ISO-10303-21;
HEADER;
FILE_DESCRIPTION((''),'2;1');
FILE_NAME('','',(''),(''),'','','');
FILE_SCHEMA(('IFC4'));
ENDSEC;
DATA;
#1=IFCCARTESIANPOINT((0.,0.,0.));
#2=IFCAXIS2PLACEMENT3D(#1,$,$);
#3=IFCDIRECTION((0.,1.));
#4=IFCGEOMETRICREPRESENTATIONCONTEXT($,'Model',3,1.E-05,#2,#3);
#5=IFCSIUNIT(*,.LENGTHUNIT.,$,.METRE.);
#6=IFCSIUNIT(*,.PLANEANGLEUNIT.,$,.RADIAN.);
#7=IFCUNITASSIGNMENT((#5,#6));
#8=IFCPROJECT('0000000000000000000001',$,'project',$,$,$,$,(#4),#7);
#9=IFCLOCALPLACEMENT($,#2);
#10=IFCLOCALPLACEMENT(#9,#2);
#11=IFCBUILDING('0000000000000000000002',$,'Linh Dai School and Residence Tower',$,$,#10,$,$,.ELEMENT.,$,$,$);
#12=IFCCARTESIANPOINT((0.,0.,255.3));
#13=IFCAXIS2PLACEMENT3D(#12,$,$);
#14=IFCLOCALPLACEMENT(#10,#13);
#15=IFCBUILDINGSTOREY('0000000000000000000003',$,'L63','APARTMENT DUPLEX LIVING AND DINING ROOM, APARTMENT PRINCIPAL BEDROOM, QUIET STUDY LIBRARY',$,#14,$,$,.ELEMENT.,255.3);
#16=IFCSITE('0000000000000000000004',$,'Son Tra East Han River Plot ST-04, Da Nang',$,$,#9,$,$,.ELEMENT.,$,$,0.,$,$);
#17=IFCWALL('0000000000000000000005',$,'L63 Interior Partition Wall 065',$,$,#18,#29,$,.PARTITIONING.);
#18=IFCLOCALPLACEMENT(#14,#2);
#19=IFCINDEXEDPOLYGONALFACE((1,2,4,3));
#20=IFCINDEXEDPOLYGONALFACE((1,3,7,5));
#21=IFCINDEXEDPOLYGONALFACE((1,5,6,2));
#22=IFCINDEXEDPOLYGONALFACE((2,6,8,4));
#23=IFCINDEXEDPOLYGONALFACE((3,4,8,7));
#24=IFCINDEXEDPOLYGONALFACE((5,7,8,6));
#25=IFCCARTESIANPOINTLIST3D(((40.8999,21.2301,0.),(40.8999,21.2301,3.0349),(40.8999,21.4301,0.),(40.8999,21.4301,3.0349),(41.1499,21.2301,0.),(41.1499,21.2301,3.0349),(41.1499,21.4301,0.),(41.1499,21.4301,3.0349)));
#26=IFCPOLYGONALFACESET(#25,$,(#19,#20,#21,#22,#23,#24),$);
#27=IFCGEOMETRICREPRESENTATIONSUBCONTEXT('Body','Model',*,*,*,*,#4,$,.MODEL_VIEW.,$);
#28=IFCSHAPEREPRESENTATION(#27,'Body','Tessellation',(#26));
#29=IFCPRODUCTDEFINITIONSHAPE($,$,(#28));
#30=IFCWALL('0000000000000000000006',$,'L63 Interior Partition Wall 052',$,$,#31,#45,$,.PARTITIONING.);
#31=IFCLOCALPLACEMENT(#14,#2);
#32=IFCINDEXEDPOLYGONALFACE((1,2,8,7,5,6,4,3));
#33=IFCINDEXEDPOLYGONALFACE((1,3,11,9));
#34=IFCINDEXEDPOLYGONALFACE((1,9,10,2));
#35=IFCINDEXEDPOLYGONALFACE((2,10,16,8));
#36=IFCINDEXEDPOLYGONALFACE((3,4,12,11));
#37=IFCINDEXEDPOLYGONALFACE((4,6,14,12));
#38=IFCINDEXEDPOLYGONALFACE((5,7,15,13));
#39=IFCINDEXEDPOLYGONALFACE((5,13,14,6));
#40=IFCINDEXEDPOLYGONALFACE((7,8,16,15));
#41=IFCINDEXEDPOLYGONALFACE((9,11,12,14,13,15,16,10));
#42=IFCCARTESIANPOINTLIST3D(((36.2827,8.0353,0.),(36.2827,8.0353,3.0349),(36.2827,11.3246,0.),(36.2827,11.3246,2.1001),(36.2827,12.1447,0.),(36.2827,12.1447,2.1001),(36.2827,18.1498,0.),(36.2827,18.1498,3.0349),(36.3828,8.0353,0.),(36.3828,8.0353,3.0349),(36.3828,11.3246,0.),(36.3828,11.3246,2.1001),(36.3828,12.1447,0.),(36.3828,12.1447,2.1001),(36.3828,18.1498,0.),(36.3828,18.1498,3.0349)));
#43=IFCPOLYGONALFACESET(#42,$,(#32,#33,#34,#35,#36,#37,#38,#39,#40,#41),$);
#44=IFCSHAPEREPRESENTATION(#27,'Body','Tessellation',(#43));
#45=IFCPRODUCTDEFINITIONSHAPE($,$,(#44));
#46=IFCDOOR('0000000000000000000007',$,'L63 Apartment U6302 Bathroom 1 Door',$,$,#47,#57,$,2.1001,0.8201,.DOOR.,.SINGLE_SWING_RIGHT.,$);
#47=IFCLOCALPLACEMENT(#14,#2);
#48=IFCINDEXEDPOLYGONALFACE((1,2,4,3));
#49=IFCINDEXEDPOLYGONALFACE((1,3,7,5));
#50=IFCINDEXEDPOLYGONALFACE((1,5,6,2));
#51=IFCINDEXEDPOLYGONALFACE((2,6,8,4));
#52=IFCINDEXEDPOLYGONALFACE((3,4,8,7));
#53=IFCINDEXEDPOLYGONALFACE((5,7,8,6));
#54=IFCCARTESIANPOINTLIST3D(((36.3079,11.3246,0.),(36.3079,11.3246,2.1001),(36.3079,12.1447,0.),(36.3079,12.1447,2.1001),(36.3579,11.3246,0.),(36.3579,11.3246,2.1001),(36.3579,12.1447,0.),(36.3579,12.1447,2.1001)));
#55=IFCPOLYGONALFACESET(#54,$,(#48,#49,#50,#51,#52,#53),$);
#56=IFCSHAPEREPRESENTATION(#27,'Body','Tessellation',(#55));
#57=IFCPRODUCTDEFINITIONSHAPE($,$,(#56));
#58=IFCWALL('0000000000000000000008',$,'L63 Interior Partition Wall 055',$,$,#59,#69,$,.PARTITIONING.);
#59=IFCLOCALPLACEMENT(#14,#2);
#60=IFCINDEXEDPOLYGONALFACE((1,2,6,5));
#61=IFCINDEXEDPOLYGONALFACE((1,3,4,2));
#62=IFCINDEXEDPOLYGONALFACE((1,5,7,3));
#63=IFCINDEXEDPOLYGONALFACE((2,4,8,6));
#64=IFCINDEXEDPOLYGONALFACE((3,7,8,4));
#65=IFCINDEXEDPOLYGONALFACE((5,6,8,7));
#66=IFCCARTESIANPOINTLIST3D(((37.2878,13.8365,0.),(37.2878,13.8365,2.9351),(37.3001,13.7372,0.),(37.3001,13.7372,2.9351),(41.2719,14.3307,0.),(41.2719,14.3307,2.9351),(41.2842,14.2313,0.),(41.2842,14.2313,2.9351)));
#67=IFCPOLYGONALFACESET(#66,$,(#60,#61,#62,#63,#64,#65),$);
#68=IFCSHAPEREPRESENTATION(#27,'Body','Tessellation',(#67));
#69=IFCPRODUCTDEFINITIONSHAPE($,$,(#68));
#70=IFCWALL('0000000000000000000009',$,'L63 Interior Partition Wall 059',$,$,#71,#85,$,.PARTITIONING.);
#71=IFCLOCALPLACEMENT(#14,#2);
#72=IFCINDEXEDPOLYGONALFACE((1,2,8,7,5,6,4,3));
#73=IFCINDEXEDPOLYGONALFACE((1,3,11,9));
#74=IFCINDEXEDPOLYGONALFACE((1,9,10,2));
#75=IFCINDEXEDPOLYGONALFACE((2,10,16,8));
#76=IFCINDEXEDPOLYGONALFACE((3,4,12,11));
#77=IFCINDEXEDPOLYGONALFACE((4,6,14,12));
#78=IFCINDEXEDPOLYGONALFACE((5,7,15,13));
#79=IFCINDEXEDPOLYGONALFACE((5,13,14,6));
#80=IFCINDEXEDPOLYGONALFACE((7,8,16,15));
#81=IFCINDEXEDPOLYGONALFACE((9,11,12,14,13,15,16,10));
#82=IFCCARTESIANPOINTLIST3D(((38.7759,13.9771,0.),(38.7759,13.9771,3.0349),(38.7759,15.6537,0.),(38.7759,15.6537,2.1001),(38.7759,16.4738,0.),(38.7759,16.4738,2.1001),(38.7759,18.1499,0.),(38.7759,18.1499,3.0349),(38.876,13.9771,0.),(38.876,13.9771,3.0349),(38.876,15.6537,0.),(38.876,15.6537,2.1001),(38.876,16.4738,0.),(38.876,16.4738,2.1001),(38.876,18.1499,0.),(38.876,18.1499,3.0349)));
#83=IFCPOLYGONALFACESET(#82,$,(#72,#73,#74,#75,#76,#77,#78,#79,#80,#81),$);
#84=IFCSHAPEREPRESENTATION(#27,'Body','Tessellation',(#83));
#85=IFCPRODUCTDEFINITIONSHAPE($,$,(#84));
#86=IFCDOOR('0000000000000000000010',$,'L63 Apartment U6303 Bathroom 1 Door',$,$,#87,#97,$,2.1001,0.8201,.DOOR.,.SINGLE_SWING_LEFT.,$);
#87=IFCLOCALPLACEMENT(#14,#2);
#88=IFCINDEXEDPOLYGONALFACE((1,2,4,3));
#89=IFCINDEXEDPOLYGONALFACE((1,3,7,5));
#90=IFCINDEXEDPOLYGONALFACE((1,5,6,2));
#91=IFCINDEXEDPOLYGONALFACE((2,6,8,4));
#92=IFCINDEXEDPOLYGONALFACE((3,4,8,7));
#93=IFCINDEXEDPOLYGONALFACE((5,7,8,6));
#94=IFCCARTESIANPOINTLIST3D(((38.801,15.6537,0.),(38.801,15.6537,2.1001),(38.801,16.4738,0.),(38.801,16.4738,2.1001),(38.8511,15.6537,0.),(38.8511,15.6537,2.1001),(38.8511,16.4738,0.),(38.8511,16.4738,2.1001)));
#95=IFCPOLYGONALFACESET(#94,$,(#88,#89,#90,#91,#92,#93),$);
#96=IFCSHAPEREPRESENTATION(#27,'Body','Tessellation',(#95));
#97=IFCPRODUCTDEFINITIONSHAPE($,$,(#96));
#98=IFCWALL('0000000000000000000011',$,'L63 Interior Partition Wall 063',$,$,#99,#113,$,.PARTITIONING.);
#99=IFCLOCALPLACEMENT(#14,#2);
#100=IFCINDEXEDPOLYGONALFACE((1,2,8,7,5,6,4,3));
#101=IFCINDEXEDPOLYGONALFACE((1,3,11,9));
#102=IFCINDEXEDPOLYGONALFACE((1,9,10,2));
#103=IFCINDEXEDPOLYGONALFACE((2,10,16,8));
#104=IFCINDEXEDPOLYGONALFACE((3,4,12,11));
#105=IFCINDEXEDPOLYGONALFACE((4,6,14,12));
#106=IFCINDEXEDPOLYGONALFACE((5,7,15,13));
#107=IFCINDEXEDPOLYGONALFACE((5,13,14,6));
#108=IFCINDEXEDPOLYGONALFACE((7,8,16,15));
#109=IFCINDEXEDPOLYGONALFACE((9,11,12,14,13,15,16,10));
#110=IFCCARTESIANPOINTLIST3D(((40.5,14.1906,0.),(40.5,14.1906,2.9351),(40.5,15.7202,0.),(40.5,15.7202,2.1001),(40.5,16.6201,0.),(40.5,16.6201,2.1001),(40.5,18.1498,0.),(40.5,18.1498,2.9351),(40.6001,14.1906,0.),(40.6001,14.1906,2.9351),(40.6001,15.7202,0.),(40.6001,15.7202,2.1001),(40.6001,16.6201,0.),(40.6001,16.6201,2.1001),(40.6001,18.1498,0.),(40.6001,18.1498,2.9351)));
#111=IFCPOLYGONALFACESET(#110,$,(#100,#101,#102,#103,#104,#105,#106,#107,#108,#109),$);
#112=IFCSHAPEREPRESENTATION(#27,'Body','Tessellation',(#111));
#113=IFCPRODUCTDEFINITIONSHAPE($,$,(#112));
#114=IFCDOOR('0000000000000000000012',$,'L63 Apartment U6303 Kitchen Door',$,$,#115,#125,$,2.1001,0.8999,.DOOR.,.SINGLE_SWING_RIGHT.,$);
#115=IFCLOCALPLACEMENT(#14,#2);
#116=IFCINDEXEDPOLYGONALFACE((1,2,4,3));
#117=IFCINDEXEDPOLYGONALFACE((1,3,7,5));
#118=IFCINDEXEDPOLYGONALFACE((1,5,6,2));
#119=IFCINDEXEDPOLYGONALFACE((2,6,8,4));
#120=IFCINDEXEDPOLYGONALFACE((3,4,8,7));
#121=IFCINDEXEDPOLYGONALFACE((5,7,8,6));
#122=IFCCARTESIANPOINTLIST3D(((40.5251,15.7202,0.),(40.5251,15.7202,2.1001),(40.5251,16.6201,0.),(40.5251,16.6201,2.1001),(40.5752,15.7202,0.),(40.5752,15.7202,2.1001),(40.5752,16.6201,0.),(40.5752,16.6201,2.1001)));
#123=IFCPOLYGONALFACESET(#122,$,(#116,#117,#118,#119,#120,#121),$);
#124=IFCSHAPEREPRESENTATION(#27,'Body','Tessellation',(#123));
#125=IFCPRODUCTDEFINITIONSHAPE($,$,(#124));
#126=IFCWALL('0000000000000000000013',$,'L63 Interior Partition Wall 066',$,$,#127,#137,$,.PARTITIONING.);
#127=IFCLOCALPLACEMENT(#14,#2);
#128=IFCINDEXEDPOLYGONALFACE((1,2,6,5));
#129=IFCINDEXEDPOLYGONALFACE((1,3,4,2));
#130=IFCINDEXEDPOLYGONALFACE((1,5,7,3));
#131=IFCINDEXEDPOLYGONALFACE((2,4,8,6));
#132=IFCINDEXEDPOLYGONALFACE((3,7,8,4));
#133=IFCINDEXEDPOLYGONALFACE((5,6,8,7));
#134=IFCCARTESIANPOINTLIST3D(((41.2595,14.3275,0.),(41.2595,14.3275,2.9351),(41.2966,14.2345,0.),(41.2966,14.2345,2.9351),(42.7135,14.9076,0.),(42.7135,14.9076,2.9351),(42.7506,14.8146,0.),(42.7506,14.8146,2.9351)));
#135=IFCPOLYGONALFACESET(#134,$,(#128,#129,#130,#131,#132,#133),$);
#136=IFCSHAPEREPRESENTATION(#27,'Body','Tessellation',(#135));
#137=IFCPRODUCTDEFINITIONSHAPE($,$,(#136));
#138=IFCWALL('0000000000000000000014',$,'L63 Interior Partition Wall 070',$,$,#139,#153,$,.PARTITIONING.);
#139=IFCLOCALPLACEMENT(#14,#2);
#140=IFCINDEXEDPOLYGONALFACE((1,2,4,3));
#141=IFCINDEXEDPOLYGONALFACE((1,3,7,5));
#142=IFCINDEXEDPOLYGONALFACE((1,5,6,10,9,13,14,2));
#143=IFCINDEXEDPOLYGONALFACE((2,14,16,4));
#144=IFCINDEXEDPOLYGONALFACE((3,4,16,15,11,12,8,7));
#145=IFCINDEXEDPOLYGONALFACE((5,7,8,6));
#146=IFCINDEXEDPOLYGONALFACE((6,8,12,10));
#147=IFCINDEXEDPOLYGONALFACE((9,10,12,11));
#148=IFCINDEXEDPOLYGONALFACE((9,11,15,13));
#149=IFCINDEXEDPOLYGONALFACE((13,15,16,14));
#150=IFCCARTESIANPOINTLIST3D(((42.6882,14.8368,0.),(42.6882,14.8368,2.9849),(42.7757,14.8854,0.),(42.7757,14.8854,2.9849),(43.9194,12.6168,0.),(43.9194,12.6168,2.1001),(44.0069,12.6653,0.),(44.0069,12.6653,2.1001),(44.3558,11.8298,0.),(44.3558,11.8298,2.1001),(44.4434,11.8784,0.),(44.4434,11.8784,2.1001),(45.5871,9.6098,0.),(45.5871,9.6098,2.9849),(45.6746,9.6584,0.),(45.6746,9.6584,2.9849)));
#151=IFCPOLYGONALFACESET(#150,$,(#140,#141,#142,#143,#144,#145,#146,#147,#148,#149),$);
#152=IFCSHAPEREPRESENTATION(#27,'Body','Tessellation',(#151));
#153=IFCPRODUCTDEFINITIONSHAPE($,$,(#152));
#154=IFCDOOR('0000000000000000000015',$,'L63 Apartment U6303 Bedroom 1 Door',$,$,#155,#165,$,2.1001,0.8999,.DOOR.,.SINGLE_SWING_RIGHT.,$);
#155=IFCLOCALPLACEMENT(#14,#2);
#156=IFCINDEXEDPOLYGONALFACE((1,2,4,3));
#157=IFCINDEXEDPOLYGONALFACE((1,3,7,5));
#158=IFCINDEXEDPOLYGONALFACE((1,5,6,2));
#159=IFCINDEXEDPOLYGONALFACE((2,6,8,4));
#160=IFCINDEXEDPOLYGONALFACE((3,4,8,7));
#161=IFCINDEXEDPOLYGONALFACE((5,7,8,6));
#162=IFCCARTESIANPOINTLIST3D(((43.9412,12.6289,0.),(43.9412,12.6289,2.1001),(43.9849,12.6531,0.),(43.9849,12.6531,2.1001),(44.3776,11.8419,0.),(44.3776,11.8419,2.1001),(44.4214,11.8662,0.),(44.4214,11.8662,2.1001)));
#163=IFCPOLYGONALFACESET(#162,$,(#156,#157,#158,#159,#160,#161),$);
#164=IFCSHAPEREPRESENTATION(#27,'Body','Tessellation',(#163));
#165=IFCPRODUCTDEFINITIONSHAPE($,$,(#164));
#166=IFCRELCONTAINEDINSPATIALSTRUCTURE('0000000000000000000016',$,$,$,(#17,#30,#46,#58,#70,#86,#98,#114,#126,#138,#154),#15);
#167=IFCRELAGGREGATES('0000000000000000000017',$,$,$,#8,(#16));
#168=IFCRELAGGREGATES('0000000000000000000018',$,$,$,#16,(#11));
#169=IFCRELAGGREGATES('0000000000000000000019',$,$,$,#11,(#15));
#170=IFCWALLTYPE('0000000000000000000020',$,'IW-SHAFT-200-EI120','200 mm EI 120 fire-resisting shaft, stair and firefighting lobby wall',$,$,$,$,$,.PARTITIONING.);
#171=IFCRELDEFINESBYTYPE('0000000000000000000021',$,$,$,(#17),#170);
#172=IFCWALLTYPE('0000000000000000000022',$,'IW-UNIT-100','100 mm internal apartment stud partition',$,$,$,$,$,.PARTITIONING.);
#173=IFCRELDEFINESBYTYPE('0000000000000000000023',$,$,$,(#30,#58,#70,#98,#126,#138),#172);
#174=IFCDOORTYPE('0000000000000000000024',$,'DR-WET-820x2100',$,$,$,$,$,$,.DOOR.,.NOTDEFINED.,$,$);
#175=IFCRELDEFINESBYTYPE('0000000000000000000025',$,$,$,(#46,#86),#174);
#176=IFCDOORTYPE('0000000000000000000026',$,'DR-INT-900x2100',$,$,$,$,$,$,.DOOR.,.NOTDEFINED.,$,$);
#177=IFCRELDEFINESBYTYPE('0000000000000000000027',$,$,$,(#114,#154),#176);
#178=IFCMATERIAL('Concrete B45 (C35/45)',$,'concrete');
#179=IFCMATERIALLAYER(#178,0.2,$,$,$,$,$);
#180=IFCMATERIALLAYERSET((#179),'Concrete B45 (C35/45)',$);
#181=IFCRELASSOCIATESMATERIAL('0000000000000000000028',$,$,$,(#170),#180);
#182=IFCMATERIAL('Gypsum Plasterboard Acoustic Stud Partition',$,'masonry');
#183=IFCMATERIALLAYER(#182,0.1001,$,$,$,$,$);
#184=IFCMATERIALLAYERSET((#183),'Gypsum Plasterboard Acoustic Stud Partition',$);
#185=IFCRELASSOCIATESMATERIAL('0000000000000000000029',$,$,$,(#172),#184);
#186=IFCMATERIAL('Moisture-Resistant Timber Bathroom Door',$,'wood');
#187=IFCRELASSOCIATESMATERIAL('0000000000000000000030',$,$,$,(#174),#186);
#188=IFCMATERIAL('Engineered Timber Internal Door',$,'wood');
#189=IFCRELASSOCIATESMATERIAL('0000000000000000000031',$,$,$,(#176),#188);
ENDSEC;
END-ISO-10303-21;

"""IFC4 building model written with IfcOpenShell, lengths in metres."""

from ifc_helpers import new_model, si_unit, direction, frame, frame_2d, origin, origin_2d, place, context, subcontext, project, spatial, rectangle, extrude, source, transform, mapped, material, layer, layer_set, type_object, element, fill, save


model = new_model("IFC4")

# Units and contexts
model_context = context("Model", 3, precision=1e-05, world=origin(), true_north=direction((0.0, 1.0)))
body_context = subcontext(model_context, "Body", "Model", "MODEL_VIEW")
ifc_project = project(units=[si_unit("LENGTHUNIT", "METRE"), si_unit("PLANEANGLEUNIT", "RADIAN")], contexts=[model_context])

# Site, building, storey
site_placement = place(None, origin())
site = spatial("IfcSite", under=ifc_project, at=site_placement, Name="Son Tra East Han River Plot ST-04, Da Nang", CompositionType="ELEMENT", RefElevation=0.0)
building_placement = place(site_placement, origin())
building = spatial("IfcBuilding", under=site, at=building_placement, Name="Linh Dai School and Residence Tower", CompositionType="ELEMENT")
storey_placement = place(building_placement, frame((0.0, 0.0, 255.3)))
storey = spatial("IfcBuildingStorey", under=building, at=storey_placement, Name="L63", Description="APARTMENT DUPLEX LIVING AND DINING ROOM, APARTMENT PRINCIPAL BEDROOM, QUIET STUDY LIBRARY", CompositionType="ELEMENT", Elevation=255.3)

# Wall
ifc_material_1 = material(Name="Concrete B45 (C35/45)", Category="concrete")
ifc_layer_1 = layer(ifc_material_1, 0.2)
ifc_layer_set_1 = layer_set([ifc_layer_1], Name="Concrete B45 (C35/45)")
wall_type_1 = type_object("IfcWallType", Name="IW-SHAFT-200-EI120", Description="200 mm EI 120 fire-resisting shaft, stair and firefighting lobby wall", PredefinedType="PARTITIONING", material=ifc_layer_set_1)
wall_1_placement = place(storey_placement, frame((40.8999, 21.3301, 0.0), z_axis=(0.0, 0.0, 1.0), x_axis=(1.0, 0.0, 0.0)))
element("IfcWall", 1, at=wall_1_placement, inside=storey, type_object=wall_type_1, Name="L63 Interior Partition Wall 065", PredefinedType="PARTITIONING", context=body_context, shape_type="SweptSolid", body=[
    extrude(rectangle(XDim=0.25, YDim=0.2, at=frame_2d((0.125, 0.0))), origin(), (0.0, 0.0, 1.0), 3.0349),
])

# Wall, opening, door
ifc_material_2 = material(Name="Gypsum Plasterboard Acoustic Stud Partition", Category="masonry")
ifc_layer_2 = layer(ifc_material_2, 0.1001)
ifc_layer_set_2 = layer_set([ifc_layer_2], Name="Gypsum Plasterboard Acoustic Stud Partition")
wall_type_2 = type_object("IfcWallType", Name="IW-UNIT-100", Description="100 mm internal apartment stud partition", PredefinedType="PARTITIONING", material=ifc_layer_set_2)
wall_2_placement = place(storey_placement, frame((36.3328, 8.0354, 0.0), z_axis=(0.0, 0.0, 1.0), x_axis=(0.0, 1.0, 0.0)))
wall_2 = element("IfcWall", 2, at=wall_2_placement, inside=storey, type_object=wall_type_2, Name="L63 Interior Partition Wall 052", PredefinedType="PARTITIONING", context=body_context, shape_type="SweptSolid", body=[
    extrude(rectangle(XDim=10.1145, YDim=0.1001, at=frame_2d((5.0571, 0.0))), origin(), (0.0, 0.0, 1.0), 3.0349),
])
opening_1_placement = place(wall_2_placement, frame((3.2891, 0.0, 0.0)))
opening_1 = element("IfcOpeningElement", 3, at=opening_1_placement, cuts=wall_2, PredefinedType="OPENING", context=body_context, shape_type="SweptSolid", body=[
    extrude(rectangle(XDim=0.8201, YDim=2.1001, at=origin_2d()), frame((0.4102, 0.0601, 1.05), z_axis=(0.0, -1.0, 0.0), x_axis=(1.0, 0.0, 0.0)), (0.0, 0.0, 1.0), 0.1201),
])
ifc_material_3 = material(Name="Moisture-Resistant Timber Bathroom Door", Category="wood")
door_type_1 = type_object("IfcDoorType", Name="DR-WET-820x2100", OperationType="NOTDEFINED", PredefinedType="DOOR", material=ifc_material_3)
shared_shape_1 = source(origin(), body_context, "Body", "SweptSolid", [
    extrude(rectangle(XDim=0.8201, YDim=2.1001, at=origin_2d()), frame((0.4102, 0.0249, 1.05), z_axis=(0.0, -1.0, 0.0), x_axis=(1.0, 0.0, 0.0)), (0.0, 0.0, 1.0), 0.05),
])
door_1_placement = place(opening_1_placement, origin())
door_1 = element("IfcDoor", 4, at=door_1_placement, inside=storey, type_object=door_type_1, Name="L63 Apartment U6302 Bathroom 1 Door", OperationType="SINGLE_SWING_RIGHT", OverallHeight=2.1001, OverallWidth=0.8201, PredefinedType="DOOR", context=body_context, shape_type="MappedRepresentation", body=[
    mapped(shared_shape_1, transform((0.0, 0.0, 0.0), x_axis=(1.0, 0.0, 0.0), y_axis=(0.0, 1.0, 0.0), z_axis=(0.0, 0.0, 1.0), scale=1.0)),
])
fill(opening_1, door_1)

# Wall
wall_3_placement = place(storey_placement, frame((37.2939, 13.7869, 0.0), z_axis=(0.0, 0.0, 1.0), x_axis=(0.992396, 0.123084, 0.0)))
element("IfcWall", 5, at=wall_3_placement, inside=storey, type_object=wall_type_2, Name="L63 Interior Partition Wall 055", PredefinedType="PARTITIONING", context=body_context, shape_type="SweptSolid", body=[
    extrude(rectangle(XDim=4.0146, YDim=0.1001, at=frame_2d((2.0073, 0.0))), origin(), (0.0, 0.0, 1.0), 2.9351),
])

# Walls, openings, doors
wall_4_placement = place(storey_placement, frame((38.8259, 13.9771, 0.0), z_axis=(0.0, 0.0, 1.0), x_axis=(0.0, 1.0, 0.0)))
wall_4 = element("IfcWall", 6, at=wall_4_placement, inside=storey, type_object=wall_type_2, Name="L63 Interior Partition Wall 059", PredefinedType="PARTITIONING", context=body_context, shape_type="SweptSolid", body=[
    extrude(rectangle(XDim=4.1729, YDim=0.1001, at=frame_2d((2.0864, 0.0))), origin(), (0.0, 0.0, 1.0), 3.0349),
])
opening_2_placement = place(wall_4_placement, frame((1.6765, 0.0, 0.0)))
opening_2 = element("IfcOpeningElement", 7, at=opening_2_placement, cuts=wall_4, PredefinedType="OPENING", context=body_context, shape_type="SweptSolid", body=[
    extrude(rectangle(XDim=0.8201, YDim=2.1001, at=origin_2d()), frame((0.4102, 0.0601, 1.05), z_axis=(0.0, -1.0, 0.0), x_axis=(1.0, 0.0, 0.0)), (0.0, 0.0, 1.0), 0.1201),
])
door_2_placement = place(opening_2_placement, origin())
door_2 = element("IfcDoor", 8, at=door_2_placement, inside=storey, type_object=door_type_1, Name="L63 Apartment U6303 Bathroom 1 Door", OperationType="SINGLE_SWING_LEFT", OverallHeight=2.1001, OverallWidth=0.8201, PredefinedType="DOOR", context=body_context, shape_type="MappedRepresentation", body=[
    mapped(shared_shape_1, transform((0.0, 0.0, 0.0), x_axis=(1.0, 0.0, 0.0), y_axis=(0.0, 1.0, 0.0), z_axis=(0.0, 0.0, 1.0), scale=1.0)),
])
fill(opening_2, door_2)
wall_5_placement = place(storey_placement, frame((40.55, 14.1907, 0.0), z_axis=(0.0, 0.0, 1.0), x_axis=(0.0, 1.0, 0.0)))
wall_5 = element("IfcWall", 9, at=wall_5_placement, inside=storey, type_object=wall_type_2, Name="L63 Interior Partition Wall 063", PredefinedType="PARTITIONING", context=body_context, shape_type="SweptSolid", body=[
    extrude(rectangle(XDim=3.9592, YDim=0.1001, at=frame_2d((1.9795, 0.0))), origin(), (0.0, 0.0, 1.0), 2.9351),
])
opening_3_placement = place(wall_5_placement, frame((1.5295, 0.0, 0.0)))
opening_3 = element("IfcOpeningElement", 10, at=opening_3_placement, cuts=wall_5, PredefinedType="OPENING", context=body_context, shape_type="SweptSolid", body=[
    extrude(rectangle(XDim=0.8999, YDim=2.1001, at=origin_2d()), frame((0.45, 0.0601, 1.05), z_axis=(0.0, -1.0, 0.0), x_axis=(1.0, 0.0, 0.0)), (0.0, 0.0, 1.0), 0.1201),
])
ifc_material_4 = material(Name="Engineered Timber Internal Door", Category="wood")
door_type_2 = type_object("IfcDoorType", Name="DR-INT-900x2100", OperationType="NOTDEFINED", PredefinedType="DOOR", material=ifc_material_4)
shared_shape_2 = source(origin(), body_context, "Body", "SweptSolid", [
    extrude(rectangle(XDim=0.8999, YDim=2.1001, at=origin_2d()), frame((0.45, 0.0249, 1.05), z_axis=(0.0, -1.0, 0.0), x_axis=(1.0, 0.0, 0.0)), (0.0, 0.0, 1.0), 0.05),
])
door_3_placement = place(opening_3_placement, origin())
door_3 = element("IfcDoor", 11, at=door_3_placement, inside=storey, type_object=door_type_2, Name="L63 Apartment U6303 Kitchen Door", OperationType="SINGLE_SWING_RIGHT", OverallHeight=2.1001, OverallWidth=0.8999, PredefinedType="DOOR", context=body_context, shape_type="MappedRepresentation", body=[
    mapped(shared_shape_2, transform((0.0, 0.0, 0.0), x_axis=(1.0, 0.0, 0.0), y_axis=(0.0, 1.0, 0.0), z_axis=(0.0, 0.0, 1.0), scale=1.0)),
])
fill(opening_3, door_3)

# Wall
wall_6_placement = place(storey_placement, frame((41.2781, 14.281, 0.0), z_axis=(0.0, 0.0, 1.0), x_axis=(0.928799, 0.370584, 0.0)))
element("IfcWall", 12, at=wall_6_placement, inside=storey, type_object=wall_type_2, Name="L63 Interior Partition Wall 066", PredefinedType="PARTITIONING", context=body_context, shape_type="SweptSolid", body=[
    extrude(rectangle(XDim=1.5654, YDim=0.1001, at=frame_2d((0.7827, 0.0))), origin(), (0.0, 0.0, 1.0), 2.9351),
])

# Wall, opening, door
wall_7_placement = place(storey_placement, frame((42.7319, 14.8611, 0.0), z_axis=(0.0, 0.0, 1.0), x_axis=(0.485005, -0.874512, 0.0)))
wall_7 = element("IfcWall", 13, at=wall_7_placement, inside=storey, type_object=wall_type_2, Name="L63 Interior Partition Wall 070", PredefinedType="PARTITIONING", context=body_context, shape_type="SweptSolid", body=[
    extrude(rectangle(XDim=5.9771, YDim=0.1001, at=frame_2d((2.9885, 0.0))), origin(), (0.0, 0.0, 1.0), 2.9849),
])
opening_4_placement = place(wall_7_placement, frame((2.5386, 0.0, 0.0)))
opening_4 = element("IfcOpeningElement", 14, at=opening_4_placement, cuts=wall_7, PredefinedType="OPENING", context=body_context, shape_type="SweptSolid", body=[
    extrude(rectangle(XDim=0.8999, YDim=2.1001, at=origin_2d()), frame((0.45, 0.0601, 1.05), z_axis=(0.0, -1.0, 0.0), x_axis=(1.0, 0.0, 0.0)), (0.0, 0.0, 1.0), 0.1201),
])
door_4_placement = place(opening_4_placement, origin())
door_4 = element("IfcDoor", 15, at=door_4_placement, inside=storey, type_object=door_type_2, Name="L63 Apartment U6303 Bedroom 1 Door", OperationType="SINGLE_SWING_RIGHT", OverallHeight=2.1001, OverallWidth=0.8999, PredefinedType="DOOR", context=body_context, shape_type="MappedRepresentation", body=[
    mapped(shared_shape_2, transform((0.0, 0.0, 0.0), x_axis=(1.0, 0.0, 0.0), y_axis=(0.0, 1.0, 0.0), z_axis=(0.0, 0.0, 1.0), scale=1.0)),
])
fill(opening_4, door_4)

save(model, "model.ifc")
